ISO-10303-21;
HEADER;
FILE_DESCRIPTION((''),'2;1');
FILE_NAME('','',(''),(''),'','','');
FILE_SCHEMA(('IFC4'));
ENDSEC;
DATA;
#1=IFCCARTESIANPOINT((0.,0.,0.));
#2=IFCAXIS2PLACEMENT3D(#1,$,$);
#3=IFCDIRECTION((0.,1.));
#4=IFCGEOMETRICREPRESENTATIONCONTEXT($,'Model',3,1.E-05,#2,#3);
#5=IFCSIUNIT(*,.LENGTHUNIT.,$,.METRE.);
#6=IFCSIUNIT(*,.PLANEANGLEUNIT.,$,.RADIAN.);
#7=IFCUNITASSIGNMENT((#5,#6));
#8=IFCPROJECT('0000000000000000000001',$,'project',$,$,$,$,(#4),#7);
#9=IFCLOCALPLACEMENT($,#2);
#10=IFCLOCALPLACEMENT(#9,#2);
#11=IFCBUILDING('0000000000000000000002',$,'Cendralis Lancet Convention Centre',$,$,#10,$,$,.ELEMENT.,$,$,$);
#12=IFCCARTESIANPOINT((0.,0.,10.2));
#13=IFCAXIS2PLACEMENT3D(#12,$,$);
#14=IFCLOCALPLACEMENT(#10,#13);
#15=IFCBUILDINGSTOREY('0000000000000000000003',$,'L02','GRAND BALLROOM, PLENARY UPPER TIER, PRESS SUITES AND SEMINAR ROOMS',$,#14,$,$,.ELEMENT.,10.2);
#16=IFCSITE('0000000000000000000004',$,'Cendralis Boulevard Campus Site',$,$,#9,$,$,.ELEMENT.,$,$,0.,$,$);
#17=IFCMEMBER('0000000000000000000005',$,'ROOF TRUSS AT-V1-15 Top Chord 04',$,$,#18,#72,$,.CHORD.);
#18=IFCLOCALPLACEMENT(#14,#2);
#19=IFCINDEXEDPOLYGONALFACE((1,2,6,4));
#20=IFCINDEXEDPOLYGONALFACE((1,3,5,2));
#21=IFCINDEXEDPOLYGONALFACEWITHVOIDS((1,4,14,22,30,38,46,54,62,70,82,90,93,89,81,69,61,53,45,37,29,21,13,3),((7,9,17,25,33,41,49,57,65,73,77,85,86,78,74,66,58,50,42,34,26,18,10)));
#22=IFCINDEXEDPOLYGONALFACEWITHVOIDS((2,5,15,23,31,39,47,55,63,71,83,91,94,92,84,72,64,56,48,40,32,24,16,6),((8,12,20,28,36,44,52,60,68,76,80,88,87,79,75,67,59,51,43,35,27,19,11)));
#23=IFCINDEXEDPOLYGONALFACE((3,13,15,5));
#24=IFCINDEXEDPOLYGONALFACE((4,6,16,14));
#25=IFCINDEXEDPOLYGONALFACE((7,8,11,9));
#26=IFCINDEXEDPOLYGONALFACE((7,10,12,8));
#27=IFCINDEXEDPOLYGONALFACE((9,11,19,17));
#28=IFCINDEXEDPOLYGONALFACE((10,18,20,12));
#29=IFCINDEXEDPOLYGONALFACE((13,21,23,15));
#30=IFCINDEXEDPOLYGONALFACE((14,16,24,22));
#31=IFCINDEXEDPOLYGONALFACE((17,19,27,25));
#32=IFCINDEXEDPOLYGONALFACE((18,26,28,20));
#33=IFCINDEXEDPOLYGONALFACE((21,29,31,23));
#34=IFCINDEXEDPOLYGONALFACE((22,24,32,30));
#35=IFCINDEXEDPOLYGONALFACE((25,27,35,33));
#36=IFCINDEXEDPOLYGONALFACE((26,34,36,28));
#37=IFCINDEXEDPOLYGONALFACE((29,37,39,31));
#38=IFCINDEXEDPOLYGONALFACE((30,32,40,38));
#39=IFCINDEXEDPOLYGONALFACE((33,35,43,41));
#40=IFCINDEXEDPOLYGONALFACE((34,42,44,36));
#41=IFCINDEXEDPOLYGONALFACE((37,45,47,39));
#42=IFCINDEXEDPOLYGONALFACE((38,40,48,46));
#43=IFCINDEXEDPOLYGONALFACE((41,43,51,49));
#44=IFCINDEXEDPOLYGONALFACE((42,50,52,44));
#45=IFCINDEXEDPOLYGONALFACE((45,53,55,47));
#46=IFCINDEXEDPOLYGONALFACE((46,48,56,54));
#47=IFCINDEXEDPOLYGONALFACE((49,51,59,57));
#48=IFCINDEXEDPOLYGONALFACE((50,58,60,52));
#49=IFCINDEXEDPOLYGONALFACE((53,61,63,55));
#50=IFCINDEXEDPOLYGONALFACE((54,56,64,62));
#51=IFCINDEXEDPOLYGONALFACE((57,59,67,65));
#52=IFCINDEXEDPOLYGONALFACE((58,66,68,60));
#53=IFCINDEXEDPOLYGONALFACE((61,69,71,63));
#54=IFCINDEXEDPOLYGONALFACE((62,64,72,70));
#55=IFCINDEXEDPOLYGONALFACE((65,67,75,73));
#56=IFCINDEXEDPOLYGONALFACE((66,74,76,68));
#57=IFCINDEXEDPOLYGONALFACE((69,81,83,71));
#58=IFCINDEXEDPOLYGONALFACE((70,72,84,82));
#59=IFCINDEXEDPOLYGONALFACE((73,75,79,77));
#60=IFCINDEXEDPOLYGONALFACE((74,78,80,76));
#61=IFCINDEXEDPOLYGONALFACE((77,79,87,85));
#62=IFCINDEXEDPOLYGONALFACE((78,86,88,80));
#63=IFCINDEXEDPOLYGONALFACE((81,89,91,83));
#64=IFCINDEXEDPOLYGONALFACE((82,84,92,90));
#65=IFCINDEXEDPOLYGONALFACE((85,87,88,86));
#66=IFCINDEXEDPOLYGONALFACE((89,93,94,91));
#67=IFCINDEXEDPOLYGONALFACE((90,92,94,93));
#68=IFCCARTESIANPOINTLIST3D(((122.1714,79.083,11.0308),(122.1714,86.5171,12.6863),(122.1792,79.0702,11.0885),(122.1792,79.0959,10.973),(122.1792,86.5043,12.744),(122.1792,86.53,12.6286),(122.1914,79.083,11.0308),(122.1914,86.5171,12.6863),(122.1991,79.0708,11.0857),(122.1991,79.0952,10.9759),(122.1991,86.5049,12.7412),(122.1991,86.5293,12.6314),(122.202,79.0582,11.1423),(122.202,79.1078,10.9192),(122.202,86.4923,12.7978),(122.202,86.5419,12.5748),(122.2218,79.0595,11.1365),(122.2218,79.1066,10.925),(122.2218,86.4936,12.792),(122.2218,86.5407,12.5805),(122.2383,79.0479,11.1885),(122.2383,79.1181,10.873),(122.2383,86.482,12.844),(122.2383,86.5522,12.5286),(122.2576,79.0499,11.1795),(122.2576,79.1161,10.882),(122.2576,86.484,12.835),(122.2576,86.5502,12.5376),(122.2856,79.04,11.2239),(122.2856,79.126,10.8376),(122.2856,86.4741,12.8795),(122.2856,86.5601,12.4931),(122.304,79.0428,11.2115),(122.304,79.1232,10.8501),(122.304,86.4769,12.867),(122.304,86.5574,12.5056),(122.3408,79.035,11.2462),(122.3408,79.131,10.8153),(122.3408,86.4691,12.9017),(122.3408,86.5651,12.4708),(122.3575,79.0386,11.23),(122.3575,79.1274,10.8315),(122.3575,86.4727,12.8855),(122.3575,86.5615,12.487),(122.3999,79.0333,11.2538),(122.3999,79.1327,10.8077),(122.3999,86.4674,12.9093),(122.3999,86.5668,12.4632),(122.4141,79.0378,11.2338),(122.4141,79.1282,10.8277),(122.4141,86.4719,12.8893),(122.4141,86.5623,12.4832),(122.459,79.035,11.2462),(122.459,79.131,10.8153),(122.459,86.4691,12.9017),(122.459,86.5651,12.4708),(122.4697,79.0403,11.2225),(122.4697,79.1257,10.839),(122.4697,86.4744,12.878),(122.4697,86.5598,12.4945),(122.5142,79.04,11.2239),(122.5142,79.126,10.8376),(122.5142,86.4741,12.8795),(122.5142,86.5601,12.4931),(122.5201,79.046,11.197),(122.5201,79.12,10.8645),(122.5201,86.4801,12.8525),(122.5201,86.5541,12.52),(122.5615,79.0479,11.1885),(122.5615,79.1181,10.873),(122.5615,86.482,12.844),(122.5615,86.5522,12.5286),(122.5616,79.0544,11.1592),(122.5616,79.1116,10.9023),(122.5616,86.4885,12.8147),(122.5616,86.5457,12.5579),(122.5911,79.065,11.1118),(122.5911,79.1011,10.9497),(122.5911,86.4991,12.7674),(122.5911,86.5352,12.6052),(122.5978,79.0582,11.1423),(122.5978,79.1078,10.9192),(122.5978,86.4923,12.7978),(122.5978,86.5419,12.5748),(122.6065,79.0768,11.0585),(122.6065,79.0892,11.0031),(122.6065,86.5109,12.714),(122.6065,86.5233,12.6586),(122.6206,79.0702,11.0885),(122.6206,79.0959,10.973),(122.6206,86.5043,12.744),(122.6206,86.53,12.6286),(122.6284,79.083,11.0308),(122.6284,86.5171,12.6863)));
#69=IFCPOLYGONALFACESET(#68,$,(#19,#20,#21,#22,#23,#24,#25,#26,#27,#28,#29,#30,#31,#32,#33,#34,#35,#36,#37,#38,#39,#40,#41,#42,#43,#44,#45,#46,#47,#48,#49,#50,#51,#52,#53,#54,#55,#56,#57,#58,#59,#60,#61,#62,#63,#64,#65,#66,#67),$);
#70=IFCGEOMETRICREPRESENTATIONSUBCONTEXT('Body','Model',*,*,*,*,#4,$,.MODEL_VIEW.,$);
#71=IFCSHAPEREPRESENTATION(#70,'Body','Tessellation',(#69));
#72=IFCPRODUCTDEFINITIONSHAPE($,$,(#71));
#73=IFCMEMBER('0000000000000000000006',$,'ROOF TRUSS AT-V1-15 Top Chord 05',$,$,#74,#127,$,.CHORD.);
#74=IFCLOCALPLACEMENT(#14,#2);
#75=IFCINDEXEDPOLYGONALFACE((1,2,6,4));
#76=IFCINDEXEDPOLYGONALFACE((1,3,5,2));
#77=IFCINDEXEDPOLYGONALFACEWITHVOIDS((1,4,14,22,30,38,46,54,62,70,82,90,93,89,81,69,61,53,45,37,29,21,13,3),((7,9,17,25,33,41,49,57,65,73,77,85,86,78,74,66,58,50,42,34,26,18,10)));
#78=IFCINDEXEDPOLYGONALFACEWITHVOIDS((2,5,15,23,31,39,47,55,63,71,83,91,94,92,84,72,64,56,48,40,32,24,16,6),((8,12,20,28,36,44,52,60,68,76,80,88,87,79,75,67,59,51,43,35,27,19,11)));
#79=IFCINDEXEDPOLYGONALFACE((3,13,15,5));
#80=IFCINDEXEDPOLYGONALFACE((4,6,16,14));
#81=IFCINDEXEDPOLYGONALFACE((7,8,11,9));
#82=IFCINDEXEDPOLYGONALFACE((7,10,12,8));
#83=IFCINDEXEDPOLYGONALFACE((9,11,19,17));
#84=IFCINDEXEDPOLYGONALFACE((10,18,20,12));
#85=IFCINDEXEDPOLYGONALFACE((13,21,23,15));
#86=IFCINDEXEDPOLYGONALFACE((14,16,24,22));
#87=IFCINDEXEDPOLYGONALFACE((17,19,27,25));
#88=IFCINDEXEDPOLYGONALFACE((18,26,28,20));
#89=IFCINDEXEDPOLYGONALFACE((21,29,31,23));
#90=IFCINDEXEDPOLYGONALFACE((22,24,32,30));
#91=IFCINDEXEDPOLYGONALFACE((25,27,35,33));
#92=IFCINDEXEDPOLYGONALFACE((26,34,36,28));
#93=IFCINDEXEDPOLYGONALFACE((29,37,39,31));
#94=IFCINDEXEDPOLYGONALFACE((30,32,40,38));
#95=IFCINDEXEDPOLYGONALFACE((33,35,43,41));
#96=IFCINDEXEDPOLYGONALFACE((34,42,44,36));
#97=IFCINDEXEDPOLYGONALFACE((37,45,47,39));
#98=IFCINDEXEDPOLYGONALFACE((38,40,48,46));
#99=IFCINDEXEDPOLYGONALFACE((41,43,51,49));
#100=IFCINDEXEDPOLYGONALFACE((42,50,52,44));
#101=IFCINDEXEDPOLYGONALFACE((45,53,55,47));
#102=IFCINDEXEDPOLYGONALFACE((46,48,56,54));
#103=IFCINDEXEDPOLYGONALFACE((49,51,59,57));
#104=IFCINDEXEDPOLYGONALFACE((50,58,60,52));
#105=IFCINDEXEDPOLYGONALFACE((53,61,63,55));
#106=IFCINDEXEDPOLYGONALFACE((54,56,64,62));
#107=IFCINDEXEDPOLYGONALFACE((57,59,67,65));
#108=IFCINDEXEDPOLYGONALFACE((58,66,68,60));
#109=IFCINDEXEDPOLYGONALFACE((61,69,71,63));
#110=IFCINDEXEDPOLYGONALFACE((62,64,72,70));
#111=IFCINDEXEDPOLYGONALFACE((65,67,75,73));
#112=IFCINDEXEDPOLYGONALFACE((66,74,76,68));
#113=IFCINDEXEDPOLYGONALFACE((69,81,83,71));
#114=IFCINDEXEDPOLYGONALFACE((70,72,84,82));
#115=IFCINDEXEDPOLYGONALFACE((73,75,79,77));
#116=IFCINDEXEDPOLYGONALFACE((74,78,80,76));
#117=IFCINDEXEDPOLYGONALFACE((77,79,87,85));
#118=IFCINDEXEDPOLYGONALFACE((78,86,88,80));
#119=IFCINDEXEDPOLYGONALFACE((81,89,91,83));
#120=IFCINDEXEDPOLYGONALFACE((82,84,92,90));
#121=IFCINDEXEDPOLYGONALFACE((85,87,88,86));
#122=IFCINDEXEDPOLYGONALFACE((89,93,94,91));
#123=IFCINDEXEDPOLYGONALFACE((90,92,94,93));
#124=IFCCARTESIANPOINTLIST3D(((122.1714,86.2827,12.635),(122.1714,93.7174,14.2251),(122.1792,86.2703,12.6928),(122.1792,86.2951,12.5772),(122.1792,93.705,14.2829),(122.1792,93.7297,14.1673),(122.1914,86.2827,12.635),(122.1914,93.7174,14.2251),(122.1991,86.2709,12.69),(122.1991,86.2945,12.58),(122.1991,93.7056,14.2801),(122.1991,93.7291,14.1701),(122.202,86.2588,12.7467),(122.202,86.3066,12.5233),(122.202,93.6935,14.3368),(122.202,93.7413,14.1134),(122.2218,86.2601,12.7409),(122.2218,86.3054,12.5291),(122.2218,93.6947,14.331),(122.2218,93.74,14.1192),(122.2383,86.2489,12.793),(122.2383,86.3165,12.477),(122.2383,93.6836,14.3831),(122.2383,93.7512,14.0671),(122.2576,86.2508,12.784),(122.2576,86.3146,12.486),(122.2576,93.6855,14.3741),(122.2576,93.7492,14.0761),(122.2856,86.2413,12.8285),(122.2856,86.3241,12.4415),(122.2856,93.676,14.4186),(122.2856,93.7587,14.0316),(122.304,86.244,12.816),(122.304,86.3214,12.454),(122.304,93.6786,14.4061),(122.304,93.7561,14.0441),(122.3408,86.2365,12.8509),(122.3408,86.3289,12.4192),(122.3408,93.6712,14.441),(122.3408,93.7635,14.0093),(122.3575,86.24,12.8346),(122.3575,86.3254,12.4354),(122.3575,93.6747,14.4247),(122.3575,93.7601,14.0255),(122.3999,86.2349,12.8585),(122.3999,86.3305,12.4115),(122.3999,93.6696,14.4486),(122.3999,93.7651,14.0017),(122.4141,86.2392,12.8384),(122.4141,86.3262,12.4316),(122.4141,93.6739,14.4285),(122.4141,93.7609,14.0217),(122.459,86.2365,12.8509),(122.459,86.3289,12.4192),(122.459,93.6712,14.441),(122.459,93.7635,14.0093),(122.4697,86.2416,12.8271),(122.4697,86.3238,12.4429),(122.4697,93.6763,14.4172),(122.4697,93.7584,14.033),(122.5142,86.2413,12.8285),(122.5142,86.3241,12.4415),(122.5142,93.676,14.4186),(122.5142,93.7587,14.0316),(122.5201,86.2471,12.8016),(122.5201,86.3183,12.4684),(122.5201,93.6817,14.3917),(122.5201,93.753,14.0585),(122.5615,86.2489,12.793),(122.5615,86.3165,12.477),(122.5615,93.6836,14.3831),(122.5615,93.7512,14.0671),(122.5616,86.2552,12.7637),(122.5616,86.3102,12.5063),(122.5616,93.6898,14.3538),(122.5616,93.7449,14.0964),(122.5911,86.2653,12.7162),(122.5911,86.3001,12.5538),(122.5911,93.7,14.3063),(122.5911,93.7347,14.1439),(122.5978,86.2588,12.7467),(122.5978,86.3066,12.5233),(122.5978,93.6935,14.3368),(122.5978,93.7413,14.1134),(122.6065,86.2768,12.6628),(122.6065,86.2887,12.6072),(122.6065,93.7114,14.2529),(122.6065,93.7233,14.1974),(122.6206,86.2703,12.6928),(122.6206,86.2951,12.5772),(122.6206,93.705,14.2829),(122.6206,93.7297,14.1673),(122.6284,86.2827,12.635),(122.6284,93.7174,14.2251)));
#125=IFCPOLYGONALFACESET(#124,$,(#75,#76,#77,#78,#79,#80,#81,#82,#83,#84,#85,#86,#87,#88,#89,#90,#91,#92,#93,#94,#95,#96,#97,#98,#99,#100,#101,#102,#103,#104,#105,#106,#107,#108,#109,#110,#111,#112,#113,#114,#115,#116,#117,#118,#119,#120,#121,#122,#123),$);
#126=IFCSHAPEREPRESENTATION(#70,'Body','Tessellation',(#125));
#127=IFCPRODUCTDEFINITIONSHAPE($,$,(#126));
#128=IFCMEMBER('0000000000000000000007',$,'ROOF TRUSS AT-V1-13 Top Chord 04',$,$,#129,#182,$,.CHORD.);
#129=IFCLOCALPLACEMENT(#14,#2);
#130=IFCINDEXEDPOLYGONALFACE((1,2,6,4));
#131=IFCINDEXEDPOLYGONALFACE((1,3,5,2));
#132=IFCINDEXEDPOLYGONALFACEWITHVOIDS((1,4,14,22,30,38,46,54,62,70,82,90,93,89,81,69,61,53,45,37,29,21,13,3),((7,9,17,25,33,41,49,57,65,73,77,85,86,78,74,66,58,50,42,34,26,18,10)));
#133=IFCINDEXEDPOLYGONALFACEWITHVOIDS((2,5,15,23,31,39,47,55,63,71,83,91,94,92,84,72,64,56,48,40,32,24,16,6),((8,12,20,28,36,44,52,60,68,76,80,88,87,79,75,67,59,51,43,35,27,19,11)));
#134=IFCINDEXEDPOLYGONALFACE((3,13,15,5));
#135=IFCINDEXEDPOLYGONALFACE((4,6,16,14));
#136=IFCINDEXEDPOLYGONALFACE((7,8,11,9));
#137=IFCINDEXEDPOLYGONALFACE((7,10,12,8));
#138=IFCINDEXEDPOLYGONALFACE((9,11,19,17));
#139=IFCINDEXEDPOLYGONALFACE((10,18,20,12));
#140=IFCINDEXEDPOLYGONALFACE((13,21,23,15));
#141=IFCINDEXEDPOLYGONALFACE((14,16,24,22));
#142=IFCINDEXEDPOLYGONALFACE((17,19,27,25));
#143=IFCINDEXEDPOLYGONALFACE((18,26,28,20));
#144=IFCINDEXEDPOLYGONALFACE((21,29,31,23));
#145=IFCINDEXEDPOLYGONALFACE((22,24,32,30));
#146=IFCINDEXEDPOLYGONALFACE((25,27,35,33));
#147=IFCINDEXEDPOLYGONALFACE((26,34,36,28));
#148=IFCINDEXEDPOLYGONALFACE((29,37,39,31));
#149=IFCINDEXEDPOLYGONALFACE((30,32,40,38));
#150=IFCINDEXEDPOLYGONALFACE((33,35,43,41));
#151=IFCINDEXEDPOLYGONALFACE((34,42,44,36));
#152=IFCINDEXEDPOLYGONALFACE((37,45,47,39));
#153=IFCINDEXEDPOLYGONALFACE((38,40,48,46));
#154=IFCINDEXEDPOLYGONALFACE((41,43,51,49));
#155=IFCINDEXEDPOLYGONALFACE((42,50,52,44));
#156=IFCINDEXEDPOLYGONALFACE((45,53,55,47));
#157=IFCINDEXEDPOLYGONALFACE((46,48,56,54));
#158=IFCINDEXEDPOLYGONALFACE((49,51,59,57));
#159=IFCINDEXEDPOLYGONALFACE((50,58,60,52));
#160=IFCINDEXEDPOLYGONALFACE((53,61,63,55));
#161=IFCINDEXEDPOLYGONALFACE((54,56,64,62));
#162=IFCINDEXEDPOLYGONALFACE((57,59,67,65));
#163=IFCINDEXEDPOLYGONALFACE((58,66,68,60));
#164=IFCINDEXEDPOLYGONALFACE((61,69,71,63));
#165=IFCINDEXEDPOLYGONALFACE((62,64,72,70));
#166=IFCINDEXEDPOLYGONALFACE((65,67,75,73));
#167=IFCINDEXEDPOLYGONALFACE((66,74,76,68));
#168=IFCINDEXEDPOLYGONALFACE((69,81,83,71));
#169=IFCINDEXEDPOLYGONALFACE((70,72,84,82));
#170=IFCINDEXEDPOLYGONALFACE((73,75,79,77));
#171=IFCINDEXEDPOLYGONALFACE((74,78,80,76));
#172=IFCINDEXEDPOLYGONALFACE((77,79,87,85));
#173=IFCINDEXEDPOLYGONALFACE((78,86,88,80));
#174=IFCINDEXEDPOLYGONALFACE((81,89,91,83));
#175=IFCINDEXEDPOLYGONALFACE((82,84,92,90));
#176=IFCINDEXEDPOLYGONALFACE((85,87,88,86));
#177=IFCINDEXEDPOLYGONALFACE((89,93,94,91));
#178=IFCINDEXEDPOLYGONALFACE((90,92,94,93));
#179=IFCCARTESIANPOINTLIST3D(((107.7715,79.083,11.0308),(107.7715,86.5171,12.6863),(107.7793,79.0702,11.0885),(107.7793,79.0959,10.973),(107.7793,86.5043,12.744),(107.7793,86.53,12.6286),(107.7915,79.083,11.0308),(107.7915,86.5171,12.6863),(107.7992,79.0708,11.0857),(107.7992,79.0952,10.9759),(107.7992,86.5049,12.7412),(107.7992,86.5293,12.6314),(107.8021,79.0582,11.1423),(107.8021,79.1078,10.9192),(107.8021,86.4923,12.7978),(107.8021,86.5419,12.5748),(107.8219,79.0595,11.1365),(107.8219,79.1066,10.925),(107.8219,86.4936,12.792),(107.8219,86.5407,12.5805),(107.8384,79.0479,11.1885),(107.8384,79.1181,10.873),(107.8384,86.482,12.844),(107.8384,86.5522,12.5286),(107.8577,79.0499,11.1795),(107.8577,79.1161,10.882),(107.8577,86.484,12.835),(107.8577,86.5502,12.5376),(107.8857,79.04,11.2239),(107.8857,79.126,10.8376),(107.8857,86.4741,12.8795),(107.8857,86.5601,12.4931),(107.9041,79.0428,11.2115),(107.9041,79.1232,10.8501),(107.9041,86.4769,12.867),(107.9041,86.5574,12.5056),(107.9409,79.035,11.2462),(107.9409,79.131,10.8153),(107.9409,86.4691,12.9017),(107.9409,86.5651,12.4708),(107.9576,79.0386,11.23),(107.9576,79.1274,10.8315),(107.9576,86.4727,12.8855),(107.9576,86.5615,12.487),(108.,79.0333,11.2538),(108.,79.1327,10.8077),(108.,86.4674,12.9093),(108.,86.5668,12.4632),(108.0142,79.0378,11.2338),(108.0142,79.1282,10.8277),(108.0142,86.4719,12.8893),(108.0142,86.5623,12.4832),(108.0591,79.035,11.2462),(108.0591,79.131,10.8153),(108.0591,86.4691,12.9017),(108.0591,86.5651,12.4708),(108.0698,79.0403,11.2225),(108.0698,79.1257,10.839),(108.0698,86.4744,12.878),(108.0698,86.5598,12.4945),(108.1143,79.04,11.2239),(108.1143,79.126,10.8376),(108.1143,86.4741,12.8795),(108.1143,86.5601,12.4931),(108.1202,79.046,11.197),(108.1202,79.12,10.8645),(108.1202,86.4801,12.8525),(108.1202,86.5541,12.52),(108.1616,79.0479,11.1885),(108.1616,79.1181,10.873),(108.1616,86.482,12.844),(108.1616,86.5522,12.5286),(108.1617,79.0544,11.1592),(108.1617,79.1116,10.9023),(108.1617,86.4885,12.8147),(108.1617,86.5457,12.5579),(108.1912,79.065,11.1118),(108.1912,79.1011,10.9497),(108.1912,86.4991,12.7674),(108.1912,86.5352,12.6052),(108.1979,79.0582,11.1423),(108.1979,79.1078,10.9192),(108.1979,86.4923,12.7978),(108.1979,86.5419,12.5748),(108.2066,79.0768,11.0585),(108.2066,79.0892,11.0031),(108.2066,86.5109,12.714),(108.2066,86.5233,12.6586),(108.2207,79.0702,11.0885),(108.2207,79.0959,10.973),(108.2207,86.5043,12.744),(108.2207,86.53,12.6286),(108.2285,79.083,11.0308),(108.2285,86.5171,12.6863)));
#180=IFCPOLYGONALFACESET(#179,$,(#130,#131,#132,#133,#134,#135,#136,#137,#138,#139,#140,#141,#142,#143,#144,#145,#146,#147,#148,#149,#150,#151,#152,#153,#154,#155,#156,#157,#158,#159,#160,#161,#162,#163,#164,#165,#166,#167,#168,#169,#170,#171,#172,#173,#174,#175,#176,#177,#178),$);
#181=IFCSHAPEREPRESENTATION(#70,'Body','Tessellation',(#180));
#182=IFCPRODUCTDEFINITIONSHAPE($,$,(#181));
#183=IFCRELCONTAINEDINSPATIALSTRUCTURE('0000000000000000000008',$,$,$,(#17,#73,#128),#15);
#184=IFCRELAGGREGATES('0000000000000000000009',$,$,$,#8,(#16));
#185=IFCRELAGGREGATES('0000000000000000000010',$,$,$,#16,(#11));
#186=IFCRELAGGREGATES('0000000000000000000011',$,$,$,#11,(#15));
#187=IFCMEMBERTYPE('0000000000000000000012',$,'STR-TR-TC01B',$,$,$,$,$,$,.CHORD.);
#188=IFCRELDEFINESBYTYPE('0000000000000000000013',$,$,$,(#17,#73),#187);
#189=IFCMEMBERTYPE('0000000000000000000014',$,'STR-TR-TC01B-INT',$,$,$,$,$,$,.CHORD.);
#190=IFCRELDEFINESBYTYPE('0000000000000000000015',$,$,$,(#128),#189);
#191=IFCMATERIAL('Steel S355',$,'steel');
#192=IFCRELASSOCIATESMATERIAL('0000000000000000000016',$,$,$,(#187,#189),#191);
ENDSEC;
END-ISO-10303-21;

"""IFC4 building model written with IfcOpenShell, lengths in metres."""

from ifc_helpers import new_model, si_unit, direction, frame, origin, origin_2d, place, context, subcontext, project, spatial, hollow_circle, extrude, material, material_profile, profile_set, type_object, element, save


model = new_model("IFC4")

# Units and contexts
model_context = context("Model", 3, precision=1e-05, world=origin(), true_north=direction((0.0, 1.0)))
body_context = subcontext(model_context, "Body", "Model", "MODEL_VIEW")
ifc_project = project(units=[si_unit("LENGTHUNIT", "METRE"), si_unit("PLANEANGLEUNIT", "RADIAN")], contexts=[model_context])

# Site, building, storey
site_placement = place(None, origin())
site = spatial("IfcSite", under=ifc_project, at=site_placement, Name="Cendralis Boulevard Campus Site", CompositionType="ELEMENT", RefElevation=0.0)
building_placement = place(site_placement, origin())
building = spatial("IfcBuilding", under=site, at=building_placement, Name="Cendralis Lancet Convention Centre", CompositionType="ELEMENT")
storey_placement = place(building_placement, frame((0.0, 0.0, 10.2)))
storey = spatial("IfcBuildingStorey", under=building, at=storey_placement, Name="L02", Description="GRAND BALLROOM, PLENARY UPPER TIER, PRESS SUITES AND SEMINAR ROOMS", CompositionType="ELEMENT", Elevation=10.2)

# Members
ifc_material = material(Name="Steel S355", Category="steel")
ifc_material_profile_1 = material_profile(ifc_material, hollow_circle(Radius=0.2285, WallThickness=0.02, at=origin_2d()), Name="CHS 457.0x20.0")
ifc_profile_set_1 = profile_set([ifc_material_profile_1], Name="Steel S355")
member_type_1 = type_object("IfcMemberType", Name="STR-TR-TC01B", PredefinedType="CHORD", material=ifc_profile_set_1)
member_1_placement = place(storey_placement, frame((122.3999, 79.083, 11.0308), z_axis=(0.0, 0.97609, 0.217368), x_axis=(-1.0, 0.0, 0.0)))
element("IfcMember", 1, at=member_1_placement, inside=storey, type_object=member_type_1, Name="ROOF TRUSS AT-V1-15 Top Chord 04", PredefinedType="CHORD", context=body_context, shape_type="SweptSolid", body=[
    extrude(hollow_circle(Radius=0.2285, WallThickness=0.02, at=origin_2d()), origin(), (0.0, 0.0, 1.0), 7.6162),
])
member_2_placement = place(storey_placement, frame((122.3999, 86.2827, 12.635), z_axis=(0.0, 0.977884, 0.209147), x_axis=(-1.0, 0.0, 0.0)))
element("IfcMember", 2, at=member_2_placement, inside=storey, type_object=member_type_1, Name="ROOF TRUSS AT-V1-15 Top Chord 05", PredefinedType="CHORD", context=body_context, shape_type="SweptSolid", body=[
    extrude(hollow_circle(Radius=0.2285, WallThickness=0.02, at=origin_2d()), origin(), (0.0, 0.0, 1.0), 7.6028),
])
ifc_material_profile_2 = material_profile(ifc_material, hollow_circle(Radius=0.2285, WallThickness=0.02, at=origin_2d()), Name="CHS 457.0x20.0")
ifc_profile_set_2 = profile_set([ifc_material_profile_2], Name="Steel S355")
member_type_2 = type_object("IfcMemberType", Name="STR-TR-TC01B-INT", PredefinedType="CHORD", material=ifc_profile_set_2)
member_3_placement = place(storey_placement, frame((108.0, 79.083, 11.0308), z_axis=(0.0, 0.97609, 0.217368), x_axis=(-1.0, 0.0, 0.0)))
element("IfcMember", 3, at=member_3_placement, inside=storey, type_object=member_type_2, Name="ROOF TRUSS AT-V1-13 Top Chord 04", PredefinedType="CHORD", context=body_context, shape_type="SweptSolid", body=[
    extrude(hollow_circle(Radius=0.2285, WallThickness=0.02, at=origin_2d()), origin(), (0.0, 0.0, 1.0), 7.6162),
])

save(model, "model.ifc")
